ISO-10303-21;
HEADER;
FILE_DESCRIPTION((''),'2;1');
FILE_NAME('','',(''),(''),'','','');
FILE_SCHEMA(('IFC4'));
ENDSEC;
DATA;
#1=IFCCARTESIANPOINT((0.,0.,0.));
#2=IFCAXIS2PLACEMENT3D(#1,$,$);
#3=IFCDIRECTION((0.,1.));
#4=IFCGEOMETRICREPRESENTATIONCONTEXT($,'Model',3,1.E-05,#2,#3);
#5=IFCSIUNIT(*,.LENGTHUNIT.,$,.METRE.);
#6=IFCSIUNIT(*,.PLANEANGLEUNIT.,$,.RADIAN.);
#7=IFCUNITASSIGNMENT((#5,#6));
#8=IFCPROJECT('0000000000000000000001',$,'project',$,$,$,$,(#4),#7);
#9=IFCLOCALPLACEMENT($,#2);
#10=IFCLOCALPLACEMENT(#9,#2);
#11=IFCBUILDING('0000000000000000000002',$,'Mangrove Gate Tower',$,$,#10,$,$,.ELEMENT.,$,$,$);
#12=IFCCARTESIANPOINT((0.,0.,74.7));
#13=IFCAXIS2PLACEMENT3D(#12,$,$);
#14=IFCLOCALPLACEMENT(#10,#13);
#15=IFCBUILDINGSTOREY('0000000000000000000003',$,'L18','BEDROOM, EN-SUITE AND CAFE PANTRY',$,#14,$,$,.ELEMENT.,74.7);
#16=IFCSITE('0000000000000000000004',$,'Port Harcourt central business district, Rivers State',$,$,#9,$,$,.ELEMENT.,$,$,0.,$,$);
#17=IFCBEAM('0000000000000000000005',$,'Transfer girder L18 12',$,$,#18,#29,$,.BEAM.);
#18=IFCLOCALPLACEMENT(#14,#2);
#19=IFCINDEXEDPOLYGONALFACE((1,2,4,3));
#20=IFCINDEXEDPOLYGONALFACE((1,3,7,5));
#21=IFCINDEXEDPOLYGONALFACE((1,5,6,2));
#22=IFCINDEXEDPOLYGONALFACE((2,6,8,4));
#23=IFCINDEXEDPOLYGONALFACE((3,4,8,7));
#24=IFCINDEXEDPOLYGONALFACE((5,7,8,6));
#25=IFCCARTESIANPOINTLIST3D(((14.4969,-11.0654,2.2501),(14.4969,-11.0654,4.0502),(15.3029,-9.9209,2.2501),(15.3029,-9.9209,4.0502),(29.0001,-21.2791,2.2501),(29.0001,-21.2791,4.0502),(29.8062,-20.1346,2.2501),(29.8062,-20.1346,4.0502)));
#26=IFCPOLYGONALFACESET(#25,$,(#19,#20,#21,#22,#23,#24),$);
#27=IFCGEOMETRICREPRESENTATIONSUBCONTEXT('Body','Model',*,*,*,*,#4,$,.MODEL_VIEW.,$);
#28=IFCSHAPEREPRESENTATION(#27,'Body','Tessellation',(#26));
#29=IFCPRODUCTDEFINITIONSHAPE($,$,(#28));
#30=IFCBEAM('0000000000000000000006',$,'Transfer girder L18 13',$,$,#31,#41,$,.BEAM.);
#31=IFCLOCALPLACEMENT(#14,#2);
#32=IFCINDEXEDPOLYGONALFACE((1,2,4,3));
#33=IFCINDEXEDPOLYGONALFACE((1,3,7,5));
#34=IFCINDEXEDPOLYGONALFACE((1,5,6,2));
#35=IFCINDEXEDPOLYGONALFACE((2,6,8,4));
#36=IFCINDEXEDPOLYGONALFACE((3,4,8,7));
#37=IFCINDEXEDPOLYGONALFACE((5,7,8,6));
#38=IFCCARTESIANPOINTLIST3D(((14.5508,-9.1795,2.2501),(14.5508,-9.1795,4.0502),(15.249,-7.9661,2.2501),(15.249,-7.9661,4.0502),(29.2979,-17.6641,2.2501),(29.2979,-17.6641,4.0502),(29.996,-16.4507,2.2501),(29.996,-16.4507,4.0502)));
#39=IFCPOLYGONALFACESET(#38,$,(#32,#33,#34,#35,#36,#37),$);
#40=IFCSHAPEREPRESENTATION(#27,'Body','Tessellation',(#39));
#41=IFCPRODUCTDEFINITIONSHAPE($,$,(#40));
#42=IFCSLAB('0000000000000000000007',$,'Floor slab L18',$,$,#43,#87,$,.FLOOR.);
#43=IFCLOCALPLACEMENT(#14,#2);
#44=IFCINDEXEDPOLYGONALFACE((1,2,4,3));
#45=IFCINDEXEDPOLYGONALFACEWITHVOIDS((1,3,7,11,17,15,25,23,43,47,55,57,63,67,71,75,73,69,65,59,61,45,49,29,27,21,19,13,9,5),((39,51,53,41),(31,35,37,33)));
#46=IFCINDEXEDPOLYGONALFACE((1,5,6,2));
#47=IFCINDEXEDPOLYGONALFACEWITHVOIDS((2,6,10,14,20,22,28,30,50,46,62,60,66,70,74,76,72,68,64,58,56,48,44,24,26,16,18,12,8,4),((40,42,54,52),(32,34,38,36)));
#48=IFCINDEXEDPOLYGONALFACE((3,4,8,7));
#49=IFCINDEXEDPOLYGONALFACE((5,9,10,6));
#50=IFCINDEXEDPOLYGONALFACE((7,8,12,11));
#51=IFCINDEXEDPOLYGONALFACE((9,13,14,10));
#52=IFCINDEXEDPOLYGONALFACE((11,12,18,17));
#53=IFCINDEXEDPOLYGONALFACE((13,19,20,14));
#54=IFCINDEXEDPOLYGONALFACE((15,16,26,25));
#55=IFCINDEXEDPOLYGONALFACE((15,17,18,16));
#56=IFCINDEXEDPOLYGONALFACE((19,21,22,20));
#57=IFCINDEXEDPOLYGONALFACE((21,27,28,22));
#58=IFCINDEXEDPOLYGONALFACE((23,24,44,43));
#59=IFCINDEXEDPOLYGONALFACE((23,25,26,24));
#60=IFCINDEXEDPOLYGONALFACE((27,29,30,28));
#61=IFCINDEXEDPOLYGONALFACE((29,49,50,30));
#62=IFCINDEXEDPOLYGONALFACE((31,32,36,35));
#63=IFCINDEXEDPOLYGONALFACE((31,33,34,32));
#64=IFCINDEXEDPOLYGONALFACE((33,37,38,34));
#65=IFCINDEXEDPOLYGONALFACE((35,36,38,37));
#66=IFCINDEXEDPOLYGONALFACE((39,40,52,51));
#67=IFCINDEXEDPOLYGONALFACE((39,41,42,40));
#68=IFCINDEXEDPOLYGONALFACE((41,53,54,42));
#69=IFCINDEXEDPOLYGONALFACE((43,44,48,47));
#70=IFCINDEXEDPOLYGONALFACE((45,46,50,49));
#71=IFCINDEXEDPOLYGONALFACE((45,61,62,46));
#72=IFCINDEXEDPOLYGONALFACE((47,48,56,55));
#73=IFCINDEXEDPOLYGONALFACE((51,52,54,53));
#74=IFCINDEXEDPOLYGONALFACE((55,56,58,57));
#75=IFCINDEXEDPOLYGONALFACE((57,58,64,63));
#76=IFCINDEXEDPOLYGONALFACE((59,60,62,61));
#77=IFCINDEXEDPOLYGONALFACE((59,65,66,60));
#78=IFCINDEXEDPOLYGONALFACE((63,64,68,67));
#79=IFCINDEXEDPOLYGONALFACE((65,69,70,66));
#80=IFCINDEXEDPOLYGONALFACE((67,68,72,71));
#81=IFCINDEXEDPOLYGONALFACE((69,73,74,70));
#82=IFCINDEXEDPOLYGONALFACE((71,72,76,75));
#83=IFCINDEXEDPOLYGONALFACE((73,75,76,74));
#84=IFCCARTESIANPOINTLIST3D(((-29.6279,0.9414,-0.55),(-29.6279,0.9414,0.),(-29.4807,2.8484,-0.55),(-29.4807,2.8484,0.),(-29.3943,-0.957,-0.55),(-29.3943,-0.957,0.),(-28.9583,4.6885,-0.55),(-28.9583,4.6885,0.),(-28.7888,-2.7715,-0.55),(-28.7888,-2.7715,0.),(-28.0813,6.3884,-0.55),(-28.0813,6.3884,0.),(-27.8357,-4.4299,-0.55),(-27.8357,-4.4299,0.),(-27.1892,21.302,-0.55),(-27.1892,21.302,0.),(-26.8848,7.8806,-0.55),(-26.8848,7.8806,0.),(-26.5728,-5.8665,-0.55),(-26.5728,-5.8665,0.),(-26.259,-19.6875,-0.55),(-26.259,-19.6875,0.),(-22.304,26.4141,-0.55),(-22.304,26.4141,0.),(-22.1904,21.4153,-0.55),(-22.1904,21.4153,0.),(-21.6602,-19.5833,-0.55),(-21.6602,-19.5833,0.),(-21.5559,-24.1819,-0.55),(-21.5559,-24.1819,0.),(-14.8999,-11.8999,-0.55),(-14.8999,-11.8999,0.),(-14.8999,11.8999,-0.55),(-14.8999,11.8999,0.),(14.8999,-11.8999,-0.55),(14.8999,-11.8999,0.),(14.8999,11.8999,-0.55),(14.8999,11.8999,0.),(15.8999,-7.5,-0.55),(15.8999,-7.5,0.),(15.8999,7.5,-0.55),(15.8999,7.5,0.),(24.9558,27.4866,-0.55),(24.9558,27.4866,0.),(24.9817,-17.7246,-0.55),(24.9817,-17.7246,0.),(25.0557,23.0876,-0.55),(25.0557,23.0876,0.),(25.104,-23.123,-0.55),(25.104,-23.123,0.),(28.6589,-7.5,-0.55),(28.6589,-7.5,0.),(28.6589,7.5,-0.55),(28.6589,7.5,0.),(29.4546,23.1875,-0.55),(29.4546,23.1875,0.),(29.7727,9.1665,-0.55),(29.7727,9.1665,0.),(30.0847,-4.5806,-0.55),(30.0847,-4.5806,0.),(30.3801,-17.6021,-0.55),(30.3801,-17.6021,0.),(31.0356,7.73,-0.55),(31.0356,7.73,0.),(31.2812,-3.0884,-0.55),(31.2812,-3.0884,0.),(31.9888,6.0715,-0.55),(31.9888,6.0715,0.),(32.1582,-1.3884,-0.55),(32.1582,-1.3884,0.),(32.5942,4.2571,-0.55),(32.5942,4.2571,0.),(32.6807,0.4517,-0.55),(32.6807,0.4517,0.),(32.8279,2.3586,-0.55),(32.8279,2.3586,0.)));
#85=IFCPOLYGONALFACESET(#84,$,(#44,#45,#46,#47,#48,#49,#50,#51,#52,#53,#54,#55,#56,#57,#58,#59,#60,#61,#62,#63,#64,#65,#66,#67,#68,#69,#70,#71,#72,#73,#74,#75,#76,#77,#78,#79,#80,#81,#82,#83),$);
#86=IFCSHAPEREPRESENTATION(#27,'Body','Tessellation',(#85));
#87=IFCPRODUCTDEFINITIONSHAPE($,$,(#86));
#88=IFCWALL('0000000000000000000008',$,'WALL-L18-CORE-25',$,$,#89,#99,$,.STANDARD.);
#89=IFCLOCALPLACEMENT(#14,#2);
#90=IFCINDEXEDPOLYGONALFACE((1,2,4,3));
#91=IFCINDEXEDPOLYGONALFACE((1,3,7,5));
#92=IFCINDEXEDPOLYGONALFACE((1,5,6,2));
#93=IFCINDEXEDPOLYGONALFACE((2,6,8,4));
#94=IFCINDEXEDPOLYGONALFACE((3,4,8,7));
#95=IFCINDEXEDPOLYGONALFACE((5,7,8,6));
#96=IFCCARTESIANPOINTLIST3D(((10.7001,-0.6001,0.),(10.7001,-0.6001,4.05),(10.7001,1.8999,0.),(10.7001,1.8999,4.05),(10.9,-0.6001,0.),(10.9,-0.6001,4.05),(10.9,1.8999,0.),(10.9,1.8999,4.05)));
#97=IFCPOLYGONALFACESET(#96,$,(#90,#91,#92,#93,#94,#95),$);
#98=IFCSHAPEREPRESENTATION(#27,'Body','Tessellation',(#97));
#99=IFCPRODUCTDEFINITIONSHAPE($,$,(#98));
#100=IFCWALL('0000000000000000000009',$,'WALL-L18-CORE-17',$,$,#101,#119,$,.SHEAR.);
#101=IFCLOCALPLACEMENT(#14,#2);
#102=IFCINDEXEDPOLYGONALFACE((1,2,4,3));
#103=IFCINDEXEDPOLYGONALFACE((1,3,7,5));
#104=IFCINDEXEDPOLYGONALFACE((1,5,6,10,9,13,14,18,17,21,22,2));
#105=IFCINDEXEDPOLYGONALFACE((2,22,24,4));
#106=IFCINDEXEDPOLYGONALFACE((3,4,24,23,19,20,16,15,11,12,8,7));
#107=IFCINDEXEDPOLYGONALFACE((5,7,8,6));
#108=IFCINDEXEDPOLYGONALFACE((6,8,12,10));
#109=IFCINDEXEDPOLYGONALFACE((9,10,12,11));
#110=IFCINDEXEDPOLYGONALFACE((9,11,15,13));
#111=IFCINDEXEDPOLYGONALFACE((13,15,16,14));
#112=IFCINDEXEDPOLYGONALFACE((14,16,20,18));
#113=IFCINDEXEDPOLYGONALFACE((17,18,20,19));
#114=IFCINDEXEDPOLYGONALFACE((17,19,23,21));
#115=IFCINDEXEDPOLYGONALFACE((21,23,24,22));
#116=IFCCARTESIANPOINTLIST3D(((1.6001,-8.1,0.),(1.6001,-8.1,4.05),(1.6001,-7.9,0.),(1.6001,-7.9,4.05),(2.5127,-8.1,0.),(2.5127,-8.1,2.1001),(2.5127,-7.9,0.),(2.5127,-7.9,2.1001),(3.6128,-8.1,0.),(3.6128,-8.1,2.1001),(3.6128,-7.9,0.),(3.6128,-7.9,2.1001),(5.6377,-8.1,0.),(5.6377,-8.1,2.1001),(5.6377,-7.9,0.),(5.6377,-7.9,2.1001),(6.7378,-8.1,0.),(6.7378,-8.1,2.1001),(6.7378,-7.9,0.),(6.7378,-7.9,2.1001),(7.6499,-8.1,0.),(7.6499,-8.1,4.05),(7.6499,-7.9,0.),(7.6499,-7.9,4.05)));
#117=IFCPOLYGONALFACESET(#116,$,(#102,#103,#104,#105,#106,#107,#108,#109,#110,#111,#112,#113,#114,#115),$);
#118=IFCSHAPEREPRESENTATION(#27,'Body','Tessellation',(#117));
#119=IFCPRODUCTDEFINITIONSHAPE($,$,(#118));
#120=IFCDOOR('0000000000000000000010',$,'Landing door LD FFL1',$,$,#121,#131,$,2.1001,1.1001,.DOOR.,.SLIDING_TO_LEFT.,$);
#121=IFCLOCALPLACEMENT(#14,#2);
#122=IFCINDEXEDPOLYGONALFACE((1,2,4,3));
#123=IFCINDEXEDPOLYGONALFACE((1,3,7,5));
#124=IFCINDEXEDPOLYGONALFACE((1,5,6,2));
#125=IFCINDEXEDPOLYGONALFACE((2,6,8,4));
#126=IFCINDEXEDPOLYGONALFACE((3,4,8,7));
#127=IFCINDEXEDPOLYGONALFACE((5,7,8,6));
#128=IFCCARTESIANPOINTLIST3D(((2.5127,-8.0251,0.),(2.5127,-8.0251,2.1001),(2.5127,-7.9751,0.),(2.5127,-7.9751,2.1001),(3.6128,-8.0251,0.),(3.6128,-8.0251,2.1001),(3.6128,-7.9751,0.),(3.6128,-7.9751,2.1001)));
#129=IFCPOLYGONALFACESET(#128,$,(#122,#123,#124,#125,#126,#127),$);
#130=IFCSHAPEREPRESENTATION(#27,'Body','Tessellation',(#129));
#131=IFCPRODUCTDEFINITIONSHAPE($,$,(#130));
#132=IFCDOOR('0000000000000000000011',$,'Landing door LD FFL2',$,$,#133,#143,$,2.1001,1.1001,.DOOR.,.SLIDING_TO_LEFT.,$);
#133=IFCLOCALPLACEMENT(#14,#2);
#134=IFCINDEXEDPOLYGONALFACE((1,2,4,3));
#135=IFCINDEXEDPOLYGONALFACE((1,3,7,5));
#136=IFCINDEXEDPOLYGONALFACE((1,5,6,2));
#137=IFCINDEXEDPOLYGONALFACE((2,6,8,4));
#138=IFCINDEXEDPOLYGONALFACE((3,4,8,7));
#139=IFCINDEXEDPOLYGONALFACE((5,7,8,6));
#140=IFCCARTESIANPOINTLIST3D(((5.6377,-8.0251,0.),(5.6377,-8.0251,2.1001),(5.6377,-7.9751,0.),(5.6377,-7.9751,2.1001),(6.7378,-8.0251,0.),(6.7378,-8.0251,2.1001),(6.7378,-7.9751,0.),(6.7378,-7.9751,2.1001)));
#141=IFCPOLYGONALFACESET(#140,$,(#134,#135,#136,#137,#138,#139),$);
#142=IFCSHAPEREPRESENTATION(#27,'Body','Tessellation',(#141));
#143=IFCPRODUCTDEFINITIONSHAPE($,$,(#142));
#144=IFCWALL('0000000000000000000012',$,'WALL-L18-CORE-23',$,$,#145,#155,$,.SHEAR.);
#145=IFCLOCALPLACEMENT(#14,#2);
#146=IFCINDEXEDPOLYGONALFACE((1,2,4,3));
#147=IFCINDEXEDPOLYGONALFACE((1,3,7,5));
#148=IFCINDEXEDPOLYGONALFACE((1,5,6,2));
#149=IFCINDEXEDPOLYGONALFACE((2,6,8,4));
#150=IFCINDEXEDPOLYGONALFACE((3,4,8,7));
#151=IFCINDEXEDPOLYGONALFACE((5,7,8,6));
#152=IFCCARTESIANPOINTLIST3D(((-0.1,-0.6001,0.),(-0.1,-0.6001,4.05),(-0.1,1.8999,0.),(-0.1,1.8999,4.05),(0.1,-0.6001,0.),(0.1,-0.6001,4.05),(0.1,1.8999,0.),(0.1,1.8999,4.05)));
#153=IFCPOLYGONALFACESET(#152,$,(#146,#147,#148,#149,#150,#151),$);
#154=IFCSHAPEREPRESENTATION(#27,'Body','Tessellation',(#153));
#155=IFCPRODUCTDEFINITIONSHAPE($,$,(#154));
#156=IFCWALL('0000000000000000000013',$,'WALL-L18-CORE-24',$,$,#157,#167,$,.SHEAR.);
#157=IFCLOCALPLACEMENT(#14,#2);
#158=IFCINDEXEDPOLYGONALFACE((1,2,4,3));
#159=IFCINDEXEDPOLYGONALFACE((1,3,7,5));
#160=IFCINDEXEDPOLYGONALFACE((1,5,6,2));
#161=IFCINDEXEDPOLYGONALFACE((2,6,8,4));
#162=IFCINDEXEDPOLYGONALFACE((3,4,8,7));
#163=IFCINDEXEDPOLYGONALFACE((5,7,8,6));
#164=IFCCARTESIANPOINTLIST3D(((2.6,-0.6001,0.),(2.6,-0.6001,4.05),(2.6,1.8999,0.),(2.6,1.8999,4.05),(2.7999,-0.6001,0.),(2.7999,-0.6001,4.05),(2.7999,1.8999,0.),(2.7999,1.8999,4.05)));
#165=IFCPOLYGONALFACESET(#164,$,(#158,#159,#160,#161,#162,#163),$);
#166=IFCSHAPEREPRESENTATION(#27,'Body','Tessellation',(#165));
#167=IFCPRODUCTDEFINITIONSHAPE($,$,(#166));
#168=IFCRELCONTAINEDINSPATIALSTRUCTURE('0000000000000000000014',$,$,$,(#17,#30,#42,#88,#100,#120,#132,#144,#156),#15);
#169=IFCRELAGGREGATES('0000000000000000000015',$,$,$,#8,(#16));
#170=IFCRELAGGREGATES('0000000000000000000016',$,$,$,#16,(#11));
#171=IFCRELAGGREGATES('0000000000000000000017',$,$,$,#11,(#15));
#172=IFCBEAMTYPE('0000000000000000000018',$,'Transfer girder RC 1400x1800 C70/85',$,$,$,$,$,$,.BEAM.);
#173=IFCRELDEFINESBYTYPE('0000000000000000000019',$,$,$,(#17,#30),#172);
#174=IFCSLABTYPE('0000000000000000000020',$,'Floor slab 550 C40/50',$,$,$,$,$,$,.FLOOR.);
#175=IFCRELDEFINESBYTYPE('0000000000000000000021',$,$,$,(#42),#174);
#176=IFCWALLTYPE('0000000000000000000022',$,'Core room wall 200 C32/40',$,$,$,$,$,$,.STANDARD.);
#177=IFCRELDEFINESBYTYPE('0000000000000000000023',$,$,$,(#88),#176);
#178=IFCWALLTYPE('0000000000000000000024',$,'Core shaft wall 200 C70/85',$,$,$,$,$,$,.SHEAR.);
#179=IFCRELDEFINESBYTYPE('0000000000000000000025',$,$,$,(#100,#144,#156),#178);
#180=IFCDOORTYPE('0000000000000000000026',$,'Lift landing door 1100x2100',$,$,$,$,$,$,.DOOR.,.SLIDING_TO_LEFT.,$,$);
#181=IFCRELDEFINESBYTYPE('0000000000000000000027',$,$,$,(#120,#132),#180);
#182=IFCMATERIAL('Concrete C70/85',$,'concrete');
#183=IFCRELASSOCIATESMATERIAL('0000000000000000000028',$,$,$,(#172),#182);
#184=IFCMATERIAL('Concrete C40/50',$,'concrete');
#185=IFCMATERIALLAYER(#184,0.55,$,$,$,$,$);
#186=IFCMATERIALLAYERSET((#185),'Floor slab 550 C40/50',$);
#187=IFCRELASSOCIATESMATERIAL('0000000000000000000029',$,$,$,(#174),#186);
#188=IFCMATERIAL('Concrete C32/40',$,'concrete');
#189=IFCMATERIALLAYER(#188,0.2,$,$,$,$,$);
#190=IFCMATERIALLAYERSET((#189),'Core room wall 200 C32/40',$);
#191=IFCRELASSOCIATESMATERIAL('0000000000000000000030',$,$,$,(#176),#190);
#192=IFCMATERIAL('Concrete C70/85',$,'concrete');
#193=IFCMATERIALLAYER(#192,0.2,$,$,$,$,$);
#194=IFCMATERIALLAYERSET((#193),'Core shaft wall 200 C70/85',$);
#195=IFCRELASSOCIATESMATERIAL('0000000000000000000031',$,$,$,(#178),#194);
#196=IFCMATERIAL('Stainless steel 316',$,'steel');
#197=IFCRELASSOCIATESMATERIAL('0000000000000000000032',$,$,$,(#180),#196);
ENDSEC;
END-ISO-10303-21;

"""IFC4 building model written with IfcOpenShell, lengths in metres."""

from ifc_helpers import new_model, si_unit, direction, frame, frame_2d, origin, origin_2d, place, context, subcontext, project, spatial, polyline, rectangle, outline, extrude, material, layer, layer_set, material_profile, profile_set, type_object, element, fill, save


model = new_model("IFC4")

# Units and contexts
model_context = context("Model", 3, precision=1e-05, world=origin(), true_north=direction((0.0, 1.0)))
body_context = subcontext(model_context, "Body", "Model", "MODEL_VIEW")
ifc_project = project(units=[si_unit("LENGTHUNIT", "METRE"), si_unit("PLANEANGLEUNIT", "RADIAN")], contexts=[model_context])

# Site, building, storey
site_placement = place(None, origin())
site = spatial("IfcSite", under=ifc_project, at=site_placement, Name="Port Harcourt central business district, Rivers State", CompositionType="ELEMENT", RefElevation=0.0)
building_placement = place(site_placement, origin())
building = spatial("IfcBuilding", under=site, at=building_placement, Name="Mangrove Gate Tower", CompositionType="ELEMENT")
storey_placement = place(building_placement, frame((0.0, 0.0, 74.7)))
storey = spatial("IfcBuildingStorey", under=building, at=storey_placement, Name="L18", Description="BEDROOM, EN-SUITE AND CAFE PANTRY", CompositionType="ELEMENT", Elevation=74.7)

# Beams
ifc_material_1 = material(Name="Concrete C70/85", Category="concrete")
ifc_material_profile = material_profile(ifc_material_1, rectangle(XDim=1.3999, YDim=1.8, at=origin_2d()))
ifc_profile_set = profile_set([ifc_material_profile], Name="Concrete C70/85")
beam_type = type_object("IfcBeamType", Name="Transfer girder RC 1400x1800 C70/85", PredefinedType="BEAM", material=ifc_profile_set)
beam_1_placement = place(storey_placement, frame((14.8999, -10.4932, 3.1501), z_axis=(0.817602, -0.575783, 0.0), x_axis=(0.575783, 0.817602, 0.0)))
element("IfcBeam", 1, at=beam_1_placement, inside=storey, type_object=beam_type, Name="Transfer girder L18 12", PredefinedType="BEAM", context=body_context, shape_type="SweptSolid", body=[
    extrude(rectangle(XDim=1.3999, YDim=1.8, at=origin_2d()), origin(), (0.0, 0.0, 1.0), 17.7388),
])
beam_2_placement = place(storey_placement, frame((14.8999, -8.5728, 3.1501), z_axis=(0.866778, -0.498694, 0.0), x_axis=(0.498694, 0.866778, 0.0)))
element("IfcBeam", 2, at=beam_2_placement, inside=storey, type_object=beam_type, Name="Transfer girder L18 13", PredefinedType="BEAM", context=body_context, shape_type="SweptSolid", body=[
    extrude(rectangle(XDim=1.3999, YDim=1.8, at=origin_2d()), origin(), (0.0, 0.0, 1.0), 17.0137),
])

# Slab
ifc_material_2 = material(Name="Concrete C40/50", Category="concrete")
ifc_layer_1 = layer(ifc_material_2, 0.55)
ifc_layer_set_1 = layer_set([ifc_layer_1], Name="Floor slab 550 C40/50")
slab_type = type_object("IfcSlabType", Name="Floor slab 550 C40/50", PredefinedType="FLOOR", material=ifc_layer_set_1)
slab_placement = place(storey_placement, frame((0.0, 0.0, -0.55)))
element("IfcSlab", 3, at=slab_placement, inside=storey, type_object=slab_type, Name="Floor slab L18", PredefinedType="FLOOR", context=body_context, shape_type="SweptSolid", body=[
    extrude(outline(polyline([(-21.5559, -24.1819), (25.104, -23.123), (24.9817, -17.7246), (30.3801, -17.6021), (30.0847, -4.5806), (31.2812, -3.0884), (32.1582, -1.3884), (32.6807, 0.4517), (32.8279, 2.3586), (32.5942, 4.2571), (31.9888, 6.0715), (31.0356, 7.73), (29.7727, 9.1665), (29.4546, 23.1875), (25.0557, 23.0876), (24.9558, 27.4866), (-22.304, 26.4141), (-22.1904, 21.4153), (-27.1892, 21.302), (-26.8848, 7.8806), (-28.0813, 6.3884), (-28.9583, 4.6885), (-29.4807, 2.8484), (-29.6279, 0.9414), (-29.3943, -0.957), (-28.7888, -2.7715), (-27.8357, -4.4299), (-26.5728, -5.8665), (-26.259, -19.6875), (-21.6602, -19.5833), (-21.5559, -24.1819)]), holes=[polyline([(15.8999, 7.5), (28.6589, 7.5), (28.6589, -7.5), (15.8999, -7.5), (15.8999, 7.5)]), polyline([(-14.8999, -11.8999), (-14.8999, 11.8999), (14.8999, 11.8999), (14.8999, -11.8999), (-14.8999, -11.8999)])]), origin(), (0.0, 0.0, 1.0), 0.55),
])

# Wall
ifc_material_3 = material(Name="Concrete C32/40", Category="concrete")
ifc_layer_2 = layer(ifc_material_3, 0.2)
ifc_layer_set_2 = layer_set([ifc_layer_2], Name="Core room wall 200 C32/40")
wall_type_1 = type_object("IfcWallType", Name="Core room wall 200 C32/40", PredefinedType="STANDARD", material=ifc_layer_set_2)
wall_1_placement = place(storey_placement, frame((10.8, -0.6001, 0.0), z_axis=(0.0, 0.0, 1.0), x_axis=(0.0, 1.0, 0.0)))
element("IfcWall", 4, at=wall_1_placement, inside=storey, type_object=wall_type_1, Name="WALL-L18-CORE-25", PredefinedType="STANDARD", context=body_context, shape_type="SweptSolid", body=[
    extrude(rectangle(XDim=2.5, YDim=0.2, at=frame_2d((1.25, 0.0))), origin(), (0.0, 0.0, 1.0), 4.05),
])

# Wall, openings, doors
ifc_material_4 = material(Name="Concrete C70/85", Category="concrete")
ifc_layer_3 = layer(ifc_material_4, 0.2)
ifc_layer_set_3 = layer_set([ifc_layer_3], Name="Core shaft wall 200 C70/85")
wall_type_2 = type_object("IfcWallType", Name="Core shaft wall 200 C70/85", PredefinedType="SHEAR", material=ifc_layer_set_3)
wall_2_placement = place(storey_placement, frame((1.6001, -8.0, 0.0), z_axis=(0.0, 0.0, 1.0), x_axis=(1.0, 0.0, 0.0)))
wall_2 = element("IfcWall", 5, at=wall_2_placement, inside=storey, type_object=wall_type_2, Name="WALL-L18-CORE-17", PredefinedType="SHEAR", context=body_context, shape_type="SweptSolid", body=[
    extrude(rectangle(XDim=6.0498, YDim=0.2, at=frame_2d((3.0249, 0.0))), origin(), (0.0, 0.0, 1.0), 4.05),
])
opening_1_placement = place(wall_2_placement, frame((0.9126, 0.0, 0.0)))
opening_1 = element("IfcOpeningElement", 6, at=opening_1_placement, cuts=wall_2, PredefinedType="OPENING", context=body_context, shape_type="SweptSolid", body=[
    extrude(rectangle(XDim=1.1001, YDim=2.1001, at=frame_2d((0.55, 1.05))), frame((0.0, 0.1099, 0.0), z_axis=(0.0, -1.0, 0.0), x_axis=(1.0, 0.0, 0.0)), (0.0, 0.0, 1.0), 0.22),
])
opening_2_placement = place(wall_2_placement, frame((4.0376, 0.0, 0.0)))
opening_2 = element("IfcOpeningElement", 7, at=opening_2_placement, cuts=wall_2, PredefinedType="OPENING", context=body_context, shape_type="SweptSolid", body=[
    extrude(rectangle(XDim=1.1001, YDim=2.1001, at=frame_2d((0.55, 1.05))), frame((0.0, 0.1099, 0.0), z_axis=(0.0, -1.0, 0.0), x_axis=(1.0, 0.0, 0.0)), (0.0, 0.0, 1.0), 0.22),
])
ifc_material_5 = material(Name="Stainless steel 316", Category="steel")
door_type_1 = type_object("IfcDoorType", Name="Lift landing door 1100x2100", OperationType="SLIDING_TO_LEFT", PredefinedType="DOOR", material=ifc_material_5)
door_1_placement = place(opening_1_placement, origin())
door_1 = element("IfcDoor", 8, at=door_1_placement, inside=storey, type_object=door_type_1, Name="Landing door LD FFL1", OperationType="SLIDING_TO_LEFT", OverallHeight=2.1001, OverallWidth=1.1001, PredefinedType="DOOR", context=body_context, shape_type="SweptSolid", body=[
    extrude(rectangle(XDim=1.1001, YDim=2.1001, at=frame_2d((0.55, 1.05))), frame((0.0, 0.0249, 0.0), z_axis=(0.0, -1.0, 0.0), x_axis=(1.0, 0.0, 0.0)), (0.0, 0.0, 1.0), 0.05),
])
fill(opening_1, door_1)
door_2_placement = place(opening_2_placement, origin())
door_2 = element("IfcDoor", 9, at=door_2_placement, inside=storey, type_object=door_type_1, Name="Landing door LD FFL2", OperationType="SLIDING_TO_LEFT", OverallHeight=2.1001, OverallWidth=1.1001, PredefinedType="DOOR", context=body_context, shape_type="SweptSolid", body=[
    extrude(rectangle(XDim=1.1001, YDim=2.1001, at=frame_2d((0.55, 1.05))), frame((0.0, 0.0249, 0.0), z_axis=(0.0, -1.0, 0.0), x_axis=(1.0, 0.0, 0.0)), (0.0, 0.0, 1.0), 0.05),
])
fill(opening_2, door_2)

# Walls
for number, where, z_axis, x_axis, name in (
    (10, (0.0, -0.6001, 0.0), (0.0, 0.0, 1.0), (0.0, 1.0, 0.0), "WALL-L18-CORE-23"),
    (11, (2.7, -0.6001, 0.0), (0.0, 0.0, 1.0), (0.0, 1.0, 0.0), "WALL-L18-CORE-24"),
):
    element("IfcWall", number, at=place(storey_placement, frame(where, z_axis=z_axis, x_axis=x_axis)), inside=storey, type_object=wall_type_2, Name=name, PredefinedType="SHEAR", context=body_context, shape_type="SweptSolid", body=[
        extrude(rectangle(XDim=2.5, YDim=0.2, at=frame_2d((1.25, 0.0))), origin(), (0.0, 0.0, 1.0), 4.05),
    ])

save(model, "model.ifc")
